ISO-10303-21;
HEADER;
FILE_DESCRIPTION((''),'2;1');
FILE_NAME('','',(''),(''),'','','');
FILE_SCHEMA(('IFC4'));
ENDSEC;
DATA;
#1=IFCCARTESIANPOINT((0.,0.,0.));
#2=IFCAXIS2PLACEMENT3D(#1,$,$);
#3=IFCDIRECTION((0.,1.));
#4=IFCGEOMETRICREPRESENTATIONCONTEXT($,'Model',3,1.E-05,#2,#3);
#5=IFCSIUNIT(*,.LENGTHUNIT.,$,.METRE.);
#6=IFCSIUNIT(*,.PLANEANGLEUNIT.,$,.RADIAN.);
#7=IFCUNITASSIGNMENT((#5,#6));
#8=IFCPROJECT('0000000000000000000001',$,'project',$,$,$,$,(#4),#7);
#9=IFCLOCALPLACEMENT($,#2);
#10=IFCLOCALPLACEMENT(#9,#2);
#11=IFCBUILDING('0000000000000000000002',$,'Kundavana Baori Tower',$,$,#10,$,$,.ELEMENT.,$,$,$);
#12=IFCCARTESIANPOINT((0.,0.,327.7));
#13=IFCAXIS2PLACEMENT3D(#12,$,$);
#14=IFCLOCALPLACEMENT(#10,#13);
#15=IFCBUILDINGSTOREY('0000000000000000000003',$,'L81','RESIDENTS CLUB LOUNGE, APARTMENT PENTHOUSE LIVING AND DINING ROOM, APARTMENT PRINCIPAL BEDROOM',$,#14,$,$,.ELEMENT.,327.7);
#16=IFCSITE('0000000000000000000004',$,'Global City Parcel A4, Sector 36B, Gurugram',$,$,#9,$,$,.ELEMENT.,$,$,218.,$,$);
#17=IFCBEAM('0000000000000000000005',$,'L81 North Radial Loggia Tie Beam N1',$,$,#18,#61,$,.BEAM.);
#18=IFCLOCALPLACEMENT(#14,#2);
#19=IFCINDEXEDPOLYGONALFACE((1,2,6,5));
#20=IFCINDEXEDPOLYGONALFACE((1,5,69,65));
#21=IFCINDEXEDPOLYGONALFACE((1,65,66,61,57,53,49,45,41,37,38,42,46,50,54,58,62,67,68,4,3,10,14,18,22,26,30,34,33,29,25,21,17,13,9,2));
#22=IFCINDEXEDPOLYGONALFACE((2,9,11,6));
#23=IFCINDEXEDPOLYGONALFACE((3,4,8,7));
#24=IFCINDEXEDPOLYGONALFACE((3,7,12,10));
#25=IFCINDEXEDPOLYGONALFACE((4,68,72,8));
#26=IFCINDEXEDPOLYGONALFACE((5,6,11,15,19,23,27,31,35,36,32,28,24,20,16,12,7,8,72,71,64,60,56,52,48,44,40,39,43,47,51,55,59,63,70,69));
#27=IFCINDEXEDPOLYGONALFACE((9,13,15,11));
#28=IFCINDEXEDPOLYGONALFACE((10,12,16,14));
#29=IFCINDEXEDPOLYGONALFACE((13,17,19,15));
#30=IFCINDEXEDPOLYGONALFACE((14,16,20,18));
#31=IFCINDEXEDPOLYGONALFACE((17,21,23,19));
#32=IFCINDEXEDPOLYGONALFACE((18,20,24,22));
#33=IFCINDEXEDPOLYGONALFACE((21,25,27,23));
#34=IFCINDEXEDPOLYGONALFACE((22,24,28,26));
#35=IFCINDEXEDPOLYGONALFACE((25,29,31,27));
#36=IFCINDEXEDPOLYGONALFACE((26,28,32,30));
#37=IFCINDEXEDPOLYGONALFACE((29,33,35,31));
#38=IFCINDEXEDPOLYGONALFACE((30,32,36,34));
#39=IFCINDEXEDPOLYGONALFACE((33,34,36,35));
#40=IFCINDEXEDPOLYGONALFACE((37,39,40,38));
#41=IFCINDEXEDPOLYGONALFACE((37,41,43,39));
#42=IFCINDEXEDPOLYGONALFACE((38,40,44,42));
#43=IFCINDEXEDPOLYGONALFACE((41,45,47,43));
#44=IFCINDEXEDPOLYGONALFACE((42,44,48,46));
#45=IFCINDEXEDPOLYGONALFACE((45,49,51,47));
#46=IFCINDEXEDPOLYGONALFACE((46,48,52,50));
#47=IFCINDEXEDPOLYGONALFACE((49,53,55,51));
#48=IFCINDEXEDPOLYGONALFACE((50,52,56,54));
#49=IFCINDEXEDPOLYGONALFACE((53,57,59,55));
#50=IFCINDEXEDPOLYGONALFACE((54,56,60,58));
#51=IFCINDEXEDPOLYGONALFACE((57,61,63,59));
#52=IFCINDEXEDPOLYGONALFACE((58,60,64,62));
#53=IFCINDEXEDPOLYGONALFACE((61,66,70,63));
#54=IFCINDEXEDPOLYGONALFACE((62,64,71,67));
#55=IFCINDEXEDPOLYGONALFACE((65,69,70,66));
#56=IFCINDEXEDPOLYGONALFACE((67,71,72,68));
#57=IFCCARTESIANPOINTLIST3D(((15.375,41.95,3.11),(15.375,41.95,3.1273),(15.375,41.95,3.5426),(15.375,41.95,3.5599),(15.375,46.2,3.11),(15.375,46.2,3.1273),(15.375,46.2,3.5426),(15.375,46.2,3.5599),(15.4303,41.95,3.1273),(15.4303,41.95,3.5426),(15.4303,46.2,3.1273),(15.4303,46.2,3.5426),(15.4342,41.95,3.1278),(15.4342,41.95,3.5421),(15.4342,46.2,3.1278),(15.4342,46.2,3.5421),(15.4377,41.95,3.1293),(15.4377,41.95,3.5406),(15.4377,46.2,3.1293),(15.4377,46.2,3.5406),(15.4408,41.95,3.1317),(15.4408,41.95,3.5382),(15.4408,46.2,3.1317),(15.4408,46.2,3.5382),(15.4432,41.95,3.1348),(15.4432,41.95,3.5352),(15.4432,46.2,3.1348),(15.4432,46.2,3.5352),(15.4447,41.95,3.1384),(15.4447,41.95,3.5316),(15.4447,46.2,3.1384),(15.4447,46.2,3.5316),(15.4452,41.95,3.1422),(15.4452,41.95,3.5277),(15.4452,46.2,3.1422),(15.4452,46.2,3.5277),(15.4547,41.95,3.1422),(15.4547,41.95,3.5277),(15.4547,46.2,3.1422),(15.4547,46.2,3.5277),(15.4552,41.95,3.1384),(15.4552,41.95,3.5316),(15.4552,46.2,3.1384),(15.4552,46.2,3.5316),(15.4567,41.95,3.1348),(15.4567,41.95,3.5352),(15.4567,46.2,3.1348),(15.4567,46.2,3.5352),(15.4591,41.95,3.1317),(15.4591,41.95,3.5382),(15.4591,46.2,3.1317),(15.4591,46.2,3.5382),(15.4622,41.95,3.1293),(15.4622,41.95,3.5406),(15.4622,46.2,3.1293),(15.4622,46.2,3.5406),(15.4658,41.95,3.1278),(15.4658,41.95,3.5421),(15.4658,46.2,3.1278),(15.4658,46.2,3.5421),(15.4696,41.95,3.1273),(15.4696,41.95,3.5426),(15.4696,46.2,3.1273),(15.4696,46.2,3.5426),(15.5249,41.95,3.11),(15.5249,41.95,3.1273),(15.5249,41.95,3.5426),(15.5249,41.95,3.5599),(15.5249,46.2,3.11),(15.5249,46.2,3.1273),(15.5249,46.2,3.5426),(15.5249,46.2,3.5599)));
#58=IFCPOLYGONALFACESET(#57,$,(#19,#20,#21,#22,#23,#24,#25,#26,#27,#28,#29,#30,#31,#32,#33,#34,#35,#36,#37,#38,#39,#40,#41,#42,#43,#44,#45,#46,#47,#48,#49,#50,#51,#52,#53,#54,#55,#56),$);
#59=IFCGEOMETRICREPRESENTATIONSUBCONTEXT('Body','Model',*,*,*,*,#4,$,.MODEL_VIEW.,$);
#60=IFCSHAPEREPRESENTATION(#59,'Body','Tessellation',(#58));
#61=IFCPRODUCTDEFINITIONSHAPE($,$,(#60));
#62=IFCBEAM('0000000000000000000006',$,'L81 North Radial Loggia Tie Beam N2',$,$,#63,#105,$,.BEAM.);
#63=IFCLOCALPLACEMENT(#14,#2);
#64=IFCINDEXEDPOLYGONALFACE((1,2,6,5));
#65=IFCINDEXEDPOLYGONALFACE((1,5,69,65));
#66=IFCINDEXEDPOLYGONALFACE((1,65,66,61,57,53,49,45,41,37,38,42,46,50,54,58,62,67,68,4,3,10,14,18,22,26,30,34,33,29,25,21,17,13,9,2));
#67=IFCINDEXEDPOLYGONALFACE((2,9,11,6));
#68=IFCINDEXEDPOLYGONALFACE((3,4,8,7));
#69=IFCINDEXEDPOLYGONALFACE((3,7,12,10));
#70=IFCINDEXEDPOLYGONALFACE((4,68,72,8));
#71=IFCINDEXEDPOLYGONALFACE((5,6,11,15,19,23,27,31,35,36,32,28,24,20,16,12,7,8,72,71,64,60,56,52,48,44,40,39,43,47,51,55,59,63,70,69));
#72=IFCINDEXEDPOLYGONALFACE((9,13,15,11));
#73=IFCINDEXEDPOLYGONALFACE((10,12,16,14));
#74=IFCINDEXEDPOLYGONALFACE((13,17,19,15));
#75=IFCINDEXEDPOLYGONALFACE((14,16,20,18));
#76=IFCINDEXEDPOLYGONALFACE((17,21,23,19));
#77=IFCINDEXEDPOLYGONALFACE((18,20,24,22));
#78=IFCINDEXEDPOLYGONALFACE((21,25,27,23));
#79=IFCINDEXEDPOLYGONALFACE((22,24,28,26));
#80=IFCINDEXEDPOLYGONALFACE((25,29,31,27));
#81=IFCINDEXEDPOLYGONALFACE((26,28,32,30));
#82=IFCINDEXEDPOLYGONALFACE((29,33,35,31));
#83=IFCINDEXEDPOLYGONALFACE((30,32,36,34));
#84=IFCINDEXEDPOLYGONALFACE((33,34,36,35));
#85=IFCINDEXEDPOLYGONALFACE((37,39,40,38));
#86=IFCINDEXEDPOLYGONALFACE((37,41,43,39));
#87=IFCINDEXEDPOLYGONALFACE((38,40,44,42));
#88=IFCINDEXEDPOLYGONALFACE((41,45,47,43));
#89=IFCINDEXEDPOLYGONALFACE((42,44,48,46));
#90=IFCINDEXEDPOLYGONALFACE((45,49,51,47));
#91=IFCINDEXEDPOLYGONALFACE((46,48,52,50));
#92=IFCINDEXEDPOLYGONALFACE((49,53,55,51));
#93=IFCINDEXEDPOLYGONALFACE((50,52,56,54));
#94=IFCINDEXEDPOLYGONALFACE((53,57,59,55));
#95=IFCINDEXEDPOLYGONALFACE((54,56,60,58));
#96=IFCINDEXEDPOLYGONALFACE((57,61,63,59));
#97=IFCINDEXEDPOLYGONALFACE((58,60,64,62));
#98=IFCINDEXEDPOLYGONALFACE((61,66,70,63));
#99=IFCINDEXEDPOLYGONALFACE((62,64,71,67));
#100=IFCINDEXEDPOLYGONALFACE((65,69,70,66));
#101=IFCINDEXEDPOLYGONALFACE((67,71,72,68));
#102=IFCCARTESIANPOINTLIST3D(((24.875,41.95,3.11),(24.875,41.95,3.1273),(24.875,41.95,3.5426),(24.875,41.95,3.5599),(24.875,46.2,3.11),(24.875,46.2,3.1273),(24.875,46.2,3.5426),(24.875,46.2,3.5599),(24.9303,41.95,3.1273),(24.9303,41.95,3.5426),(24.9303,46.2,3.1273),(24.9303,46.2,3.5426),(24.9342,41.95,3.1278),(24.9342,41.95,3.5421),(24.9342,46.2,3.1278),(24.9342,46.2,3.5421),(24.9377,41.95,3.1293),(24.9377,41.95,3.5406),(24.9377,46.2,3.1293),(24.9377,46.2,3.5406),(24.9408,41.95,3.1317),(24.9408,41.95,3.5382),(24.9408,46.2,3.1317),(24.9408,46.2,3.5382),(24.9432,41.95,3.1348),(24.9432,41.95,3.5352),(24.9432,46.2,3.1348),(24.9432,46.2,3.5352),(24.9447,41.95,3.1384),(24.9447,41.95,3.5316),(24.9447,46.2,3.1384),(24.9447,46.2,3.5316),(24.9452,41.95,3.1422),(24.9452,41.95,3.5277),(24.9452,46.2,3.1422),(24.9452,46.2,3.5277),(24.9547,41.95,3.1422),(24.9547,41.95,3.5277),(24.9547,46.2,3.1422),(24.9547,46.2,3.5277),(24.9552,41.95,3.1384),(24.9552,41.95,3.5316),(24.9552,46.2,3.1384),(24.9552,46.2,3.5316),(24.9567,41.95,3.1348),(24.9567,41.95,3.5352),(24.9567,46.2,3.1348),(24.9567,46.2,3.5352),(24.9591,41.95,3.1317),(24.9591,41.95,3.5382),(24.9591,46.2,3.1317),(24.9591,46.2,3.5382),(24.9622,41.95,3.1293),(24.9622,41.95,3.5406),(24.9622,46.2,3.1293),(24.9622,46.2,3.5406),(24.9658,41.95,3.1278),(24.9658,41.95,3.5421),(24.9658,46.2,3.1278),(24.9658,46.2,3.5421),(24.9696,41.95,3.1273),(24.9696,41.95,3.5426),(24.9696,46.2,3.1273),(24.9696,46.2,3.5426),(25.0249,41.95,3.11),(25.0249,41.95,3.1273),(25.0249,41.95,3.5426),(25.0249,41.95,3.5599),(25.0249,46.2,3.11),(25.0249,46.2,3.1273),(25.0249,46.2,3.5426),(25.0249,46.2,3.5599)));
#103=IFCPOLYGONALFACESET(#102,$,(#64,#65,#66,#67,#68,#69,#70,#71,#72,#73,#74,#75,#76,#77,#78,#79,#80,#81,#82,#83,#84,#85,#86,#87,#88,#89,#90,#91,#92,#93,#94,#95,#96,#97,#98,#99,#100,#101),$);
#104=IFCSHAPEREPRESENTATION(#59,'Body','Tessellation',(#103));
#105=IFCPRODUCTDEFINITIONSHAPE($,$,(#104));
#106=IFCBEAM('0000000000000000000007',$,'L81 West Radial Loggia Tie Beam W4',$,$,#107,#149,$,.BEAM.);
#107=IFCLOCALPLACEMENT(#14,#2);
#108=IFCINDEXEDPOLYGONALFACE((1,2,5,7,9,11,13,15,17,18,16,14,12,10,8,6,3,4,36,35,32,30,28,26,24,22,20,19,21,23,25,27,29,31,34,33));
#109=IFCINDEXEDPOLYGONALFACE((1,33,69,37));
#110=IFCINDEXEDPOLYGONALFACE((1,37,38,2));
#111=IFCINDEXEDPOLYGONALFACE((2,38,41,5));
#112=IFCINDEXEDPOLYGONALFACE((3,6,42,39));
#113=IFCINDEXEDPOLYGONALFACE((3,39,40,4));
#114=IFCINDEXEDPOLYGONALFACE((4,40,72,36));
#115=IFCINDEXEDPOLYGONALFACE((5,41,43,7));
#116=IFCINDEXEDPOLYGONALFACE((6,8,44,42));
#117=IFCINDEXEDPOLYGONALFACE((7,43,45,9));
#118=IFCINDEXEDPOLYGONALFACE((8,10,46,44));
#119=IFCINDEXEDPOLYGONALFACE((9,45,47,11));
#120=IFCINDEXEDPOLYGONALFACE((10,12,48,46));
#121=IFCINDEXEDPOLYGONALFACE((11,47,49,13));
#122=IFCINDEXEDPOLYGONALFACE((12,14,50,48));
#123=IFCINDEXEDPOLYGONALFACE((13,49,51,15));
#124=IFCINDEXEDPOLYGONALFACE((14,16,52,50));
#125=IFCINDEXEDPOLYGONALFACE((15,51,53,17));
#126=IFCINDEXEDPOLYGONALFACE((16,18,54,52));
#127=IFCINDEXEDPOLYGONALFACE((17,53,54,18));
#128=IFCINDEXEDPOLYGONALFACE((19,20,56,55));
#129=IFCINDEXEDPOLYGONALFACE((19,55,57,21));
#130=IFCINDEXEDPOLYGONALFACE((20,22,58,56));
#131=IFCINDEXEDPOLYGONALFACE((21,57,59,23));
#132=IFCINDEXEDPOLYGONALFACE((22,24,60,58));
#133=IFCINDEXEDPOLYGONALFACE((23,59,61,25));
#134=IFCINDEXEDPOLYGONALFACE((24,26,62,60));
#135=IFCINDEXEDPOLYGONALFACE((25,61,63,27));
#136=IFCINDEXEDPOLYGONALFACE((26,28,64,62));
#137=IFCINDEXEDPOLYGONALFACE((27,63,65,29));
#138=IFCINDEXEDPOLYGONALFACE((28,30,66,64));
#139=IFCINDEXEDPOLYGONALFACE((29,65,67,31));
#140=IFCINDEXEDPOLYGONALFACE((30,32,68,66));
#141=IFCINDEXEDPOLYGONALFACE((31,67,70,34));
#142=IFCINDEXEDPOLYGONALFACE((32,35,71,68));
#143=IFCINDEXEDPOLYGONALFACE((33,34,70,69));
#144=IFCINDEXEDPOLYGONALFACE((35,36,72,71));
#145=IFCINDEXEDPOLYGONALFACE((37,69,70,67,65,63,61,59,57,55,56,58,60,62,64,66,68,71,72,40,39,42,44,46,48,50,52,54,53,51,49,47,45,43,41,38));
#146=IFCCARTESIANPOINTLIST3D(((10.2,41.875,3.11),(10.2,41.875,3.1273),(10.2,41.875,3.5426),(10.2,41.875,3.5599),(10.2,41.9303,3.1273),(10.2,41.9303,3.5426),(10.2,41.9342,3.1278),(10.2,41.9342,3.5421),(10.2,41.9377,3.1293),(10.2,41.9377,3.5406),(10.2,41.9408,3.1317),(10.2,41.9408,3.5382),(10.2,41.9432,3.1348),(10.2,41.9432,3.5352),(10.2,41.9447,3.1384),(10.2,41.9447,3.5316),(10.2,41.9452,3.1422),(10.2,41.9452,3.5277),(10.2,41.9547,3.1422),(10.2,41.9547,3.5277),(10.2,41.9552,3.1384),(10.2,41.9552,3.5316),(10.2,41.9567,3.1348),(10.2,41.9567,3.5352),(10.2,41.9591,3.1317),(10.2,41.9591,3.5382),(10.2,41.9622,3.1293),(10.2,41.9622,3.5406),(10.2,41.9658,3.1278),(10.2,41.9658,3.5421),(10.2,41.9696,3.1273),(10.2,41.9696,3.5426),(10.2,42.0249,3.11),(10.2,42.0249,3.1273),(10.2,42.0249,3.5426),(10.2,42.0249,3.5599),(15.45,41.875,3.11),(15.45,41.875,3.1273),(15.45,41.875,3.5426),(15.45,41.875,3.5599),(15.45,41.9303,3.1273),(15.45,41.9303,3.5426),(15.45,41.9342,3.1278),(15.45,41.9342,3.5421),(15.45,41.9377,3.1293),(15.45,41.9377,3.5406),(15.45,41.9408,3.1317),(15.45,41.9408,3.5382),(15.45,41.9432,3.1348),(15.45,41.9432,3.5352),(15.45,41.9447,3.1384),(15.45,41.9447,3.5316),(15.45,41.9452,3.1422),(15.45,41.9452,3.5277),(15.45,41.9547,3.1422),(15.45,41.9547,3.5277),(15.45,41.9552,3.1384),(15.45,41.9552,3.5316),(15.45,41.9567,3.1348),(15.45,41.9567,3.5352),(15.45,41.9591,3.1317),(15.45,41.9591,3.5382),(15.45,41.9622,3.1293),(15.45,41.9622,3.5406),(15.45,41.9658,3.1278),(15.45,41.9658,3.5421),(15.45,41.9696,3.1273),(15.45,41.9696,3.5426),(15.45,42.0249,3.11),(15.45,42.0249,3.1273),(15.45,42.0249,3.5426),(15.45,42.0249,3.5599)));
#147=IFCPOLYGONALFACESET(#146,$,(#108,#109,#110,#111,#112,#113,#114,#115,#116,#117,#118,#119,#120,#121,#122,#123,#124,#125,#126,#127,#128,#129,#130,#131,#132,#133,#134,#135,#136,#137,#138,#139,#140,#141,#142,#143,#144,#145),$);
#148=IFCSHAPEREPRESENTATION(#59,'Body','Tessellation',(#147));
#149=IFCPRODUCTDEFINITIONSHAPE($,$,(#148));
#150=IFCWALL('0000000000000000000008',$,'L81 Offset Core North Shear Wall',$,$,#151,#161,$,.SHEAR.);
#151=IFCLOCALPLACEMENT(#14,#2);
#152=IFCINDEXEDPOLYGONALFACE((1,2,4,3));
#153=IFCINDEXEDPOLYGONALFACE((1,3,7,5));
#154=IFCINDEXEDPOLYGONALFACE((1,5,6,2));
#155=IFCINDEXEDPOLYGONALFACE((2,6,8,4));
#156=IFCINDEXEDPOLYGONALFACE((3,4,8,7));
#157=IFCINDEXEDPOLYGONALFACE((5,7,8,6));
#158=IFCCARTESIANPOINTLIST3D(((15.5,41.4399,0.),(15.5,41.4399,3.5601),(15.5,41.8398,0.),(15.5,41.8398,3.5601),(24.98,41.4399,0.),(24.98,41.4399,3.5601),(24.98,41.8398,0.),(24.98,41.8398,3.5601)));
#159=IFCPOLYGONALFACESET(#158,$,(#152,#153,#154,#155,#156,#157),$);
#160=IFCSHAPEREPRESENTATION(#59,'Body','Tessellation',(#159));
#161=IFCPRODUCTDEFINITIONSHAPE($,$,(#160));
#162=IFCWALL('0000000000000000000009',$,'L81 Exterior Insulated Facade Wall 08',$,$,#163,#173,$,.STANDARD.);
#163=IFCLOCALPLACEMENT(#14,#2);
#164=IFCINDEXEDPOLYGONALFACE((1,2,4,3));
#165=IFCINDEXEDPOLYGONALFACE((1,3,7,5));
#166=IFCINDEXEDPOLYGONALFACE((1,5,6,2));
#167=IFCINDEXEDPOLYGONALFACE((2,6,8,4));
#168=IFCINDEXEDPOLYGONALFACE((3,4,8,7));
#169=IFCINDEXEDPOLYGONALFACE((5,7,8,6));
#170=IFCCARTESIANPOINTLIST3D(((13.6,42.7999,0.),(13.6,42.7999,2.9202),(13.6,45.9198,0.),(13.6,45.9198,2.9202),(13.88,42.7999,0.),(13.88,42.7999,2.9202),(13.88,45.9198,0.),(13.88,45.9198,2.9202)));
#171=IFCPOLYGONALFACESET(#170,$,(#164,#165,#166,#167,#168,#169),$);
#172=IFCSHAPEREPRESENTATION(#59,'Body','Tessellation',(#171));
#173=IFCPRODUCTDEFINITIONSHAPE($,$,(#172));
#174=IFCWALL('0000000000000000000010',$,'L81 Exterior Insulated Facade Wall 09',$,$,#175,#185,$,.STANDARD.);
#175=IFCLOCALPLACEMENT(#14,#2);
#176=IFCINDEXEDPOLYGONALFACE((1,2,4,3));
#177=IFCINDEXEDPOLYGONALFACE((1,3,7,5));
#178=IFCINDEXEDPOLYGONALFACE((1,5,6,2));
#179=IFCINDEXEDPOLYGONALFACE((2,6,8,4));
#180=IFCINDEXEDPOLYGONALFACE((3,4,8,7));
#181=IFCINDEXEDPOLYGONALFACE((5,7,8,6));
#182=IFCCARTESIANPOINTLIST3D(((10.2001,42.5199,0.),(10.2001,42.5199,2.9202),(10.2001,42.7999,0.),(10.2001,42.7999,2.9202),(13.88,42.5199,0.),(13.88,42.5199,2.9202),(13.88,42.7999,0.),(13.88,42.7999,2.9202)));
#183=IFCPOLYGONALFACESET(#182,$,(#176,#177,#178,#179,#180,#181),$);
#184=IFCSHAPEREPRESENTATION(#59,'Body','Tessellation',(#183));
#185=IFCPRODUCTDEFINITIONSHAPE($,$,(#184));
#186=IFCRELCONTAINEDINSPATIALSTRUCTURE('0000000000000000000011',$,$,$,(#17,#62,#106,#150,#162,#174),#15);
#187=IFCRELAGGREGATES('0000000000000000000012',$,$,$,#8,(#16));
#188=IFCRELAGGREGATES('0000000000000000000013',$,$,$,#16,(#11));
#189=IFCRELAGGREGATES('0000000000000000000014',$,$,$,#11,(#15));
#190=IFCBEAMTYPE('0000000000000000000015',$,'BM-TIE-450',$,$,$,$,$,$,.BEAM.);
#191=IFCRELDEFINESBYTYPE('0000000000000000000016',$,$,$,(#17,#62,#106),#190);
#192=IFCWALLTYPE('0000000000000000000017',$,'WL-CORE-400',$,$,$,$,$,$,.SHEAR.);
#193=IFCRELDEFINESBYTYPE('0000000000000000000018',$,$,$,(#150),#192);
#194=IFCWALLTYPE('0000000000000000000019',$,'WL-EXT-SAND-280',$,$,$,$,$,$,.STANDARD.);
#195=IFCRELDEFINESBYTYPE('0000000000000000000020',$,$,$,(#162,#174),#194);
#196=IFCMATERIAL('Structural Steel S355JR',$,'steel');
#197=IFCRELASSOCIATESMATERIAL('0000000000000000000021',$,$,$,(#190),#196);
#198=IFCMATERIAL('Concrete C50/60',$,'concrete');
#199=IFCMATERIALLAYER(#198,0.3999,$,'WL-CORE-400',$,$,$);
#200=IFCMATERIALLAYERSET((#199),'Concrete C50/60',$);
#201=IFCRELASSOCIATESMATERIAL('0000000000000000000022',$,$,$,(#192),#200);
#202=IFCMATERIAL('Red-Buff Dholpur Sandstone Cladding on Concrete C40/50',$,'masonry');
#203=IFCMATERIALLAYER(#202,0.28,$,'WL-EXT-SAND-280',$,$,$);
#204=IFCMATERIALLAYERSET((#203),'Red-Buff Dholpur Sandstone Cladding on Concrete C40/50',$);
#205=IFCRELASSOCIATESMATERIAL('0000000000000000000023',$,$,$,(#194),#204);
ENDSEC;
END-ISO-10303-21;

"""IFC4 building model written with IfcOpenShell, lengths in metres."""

from ifc_helpers import new_model, si_unit, direction, frame, frame_2d, origin, origin_2d, place, context, subcontext, project, spatial, rectangle, i_section, extrude, material, layer, layer_set, material_profile, profile_set, type_object, element, save


model = new_model("IFC4")

# Units and contexts
model_context = context("Model", 3, precision=1e-05, world=origin(), true_north=direction((0.0, 1.0)))
body_context = subcontext(model_context, "Body", "Model", "MODEL_VIEW")
ifc_project = project(units=[si_unit("LENGTHUNIT", "METRE"), si_unit("PLANEANGLEUNIT", "RADIAN")], contexts=[model_context])

# Site, building, storey
site_placement = place(None, origin())
site = spatial("IfcSite", under=ifc_project, at=site_placement, Name="Global City Parcel A4, Sector 36B, Gurugram", CompositionType="ELEMENT", RefElevation=218.0)
building_placement = place(site_placement, origin())
building = spatial("IfcBuilding", under=site, at=building_placement, Name="Kundavana Baori Tower", CompositionType="ELEMENT")
storey_placement = place(building_placement, frame((0.0, 0.0, 327.7)))
storey = spatial("IfcBuildingStorey", under=building, at=storey_placement, Name="L81", Description="RESIDENTS CLUB LOUNGE, APARTMENT PENTHOUSE LIVING AND DINING ROOM, APARTMENT PRINCIPAL BEDROOM", CompositionType="ELEMENT", Elevation=327.7)

# Beams
ifc_material_1 = material(Name="Structural Steel S355JR", Category="steel")
ifc_material_profile_1 = material_profile(ifc_material_1, i_section(OverallWidth=0.1499, OverallDepth=0.45, WebThickness=0.0095, FlangeThickness=0.0173, FilletRadius=0.0149, at=origin_2d()), Name="ISMB 450")
ifc_profile_set_1 = profile_set([ifc_material_profile_1], Name="Structural Steel S355JR")
beam_type_1 = type_object("IfcBeamType", Name="BM-TIE-450", PredefinedType="BEAM", material=ifc_profile_set_1)
for number, where, z_axis, x_axis, name in (
    (1, (15.45, 41.95, 3.335), (0.0, 1.0, 0.0), (-1.0, 0.0, 0.0), "L81 North Radial Loggia Tie Beam N1"),
    (2, (24.95, 41.95, 3.335), (0.0, 1.0, 0.0), (-1.0, 0.0, 0.0), "L81 North Radial Loggia Tie Beam N2"),
):
    element("IfcBeam", number, at=place(storey_placement, frame(where, z_axis=z_axis, x_axis=x_axis)), inside=storey, type_object=beam_type_1, Name=name, PredefinedType="BEAM", context=body_context, shape_type="SweptSolid", body=[
        extrude(i_section(OverallWidth=0.1499, OverallDepth=0.45, WebThickness=0.0095, FlangeThickness=0.0173, FilletRadius=0.0149, at=origin_2d()), origin(), (0.0, 0.0, 1.0), 4.25),
    ])
beam_1_placement = place(storey_placement, frame((15.45, 41.95, 3.335), z_axis=(-1.0, 0.0, 0.0), x_axis=(0.0, -1.0, 0.0)))
element("IfcBeam", 3, at=beam_1_placement, inside=storey, type_object=beam_type_1, Name="L81 West Radial Loggia Tie Beam W4", PredefinedType="BEAM", context=body_context, shape_type="SweptSolid", body=[
    extrude(i_section(OverallWidth=0.1499, OverallDepth=0.45, WebThickness=0.0095, FlangeThickness=0.0173, FilletRadius=0.0149, at=origin_2d()), origin(), (0.0, 0.0, 1.0), 5.25),
])

# Walls
ifc_material_2 = material(Name="Concrete C50/60", Category="concrete")
ifc_layer_1 = layer(ifc_material_2, 0.3999, Name="WL-CORE-400")
ifc_layer_set_1 = layer_set([ifc_layer_1], Name="Concrete C50/60")
wall_type_1 = type_object("IfcWallType", Name="WL-CORE-400", PredefinedType="SHEAR", material=ifc_layer_set_1)
wall_1_placement = place(storey_placement, frame((15.5, 41.6399, 0.0), z_axis=(0.0, 0.0, 1.0), x_axis=(1.0, 0.0, 0.0)))
element("IfcWall", 4, at=wall_1_placement, inside=storey, type_object=wall_type_1, Name="L81 Offset Core North Shear Wall", PredefinedType="SHEAR", context=body_context, shape_type="SweptSolid", body=[
    extrude(rectangle(XDim=9.48, YDim=0.3999, at=frame_2d((4.74, 0.0))), origin(), (0.0, 0.0, 1.0), 3.5601),
])
ifc_material_3 = material(Name="Red-Buff Dholpur Sandstone Cladding on Concrete C40/50", Category="masonry")
ifc_layer_2 = layer(ifc_material_3, 0.28, Name="WL-EXT-SAND-280")
ifc_layer_set_2 = layer_set([ifc_layer_2], Name="Red-Buff Dholpur Sandstone Cladding on Concrete C40/50")
wall_type_2 = type_object("IfcWallType", Name="WL-EXT-SAND-280", PredefinedType="STANDARD", material=ifc_layer_set_2)
wall_2_placement = place(storey_placement, frame((13.74, 45.9199, 0.0), z_axis=(0.0, 0.0, 1.0), x_axis=(0.0, -1.0, 0.0)))
element("IfcWall", 5, at=wall_2_placement, inside=storey, type_object=wall_type_2, Name="L81 Exterior Insulated Facade Wall 08", PredefinedType="STANDARD", context=body_context, shape_type="SweptSolid", body=[
    extrude(rectangle(XDim=3.1199, YDim=0.28, at=frame_2d((1.5601, 0.0))), origin(), (0.0, 0.0, 1.0), 2.9202),
])
wall_3_placement = place(storey_placement, frame((13.8799, 42.6599, 0.0), z_axis=(0.0, 0.0, 1.0), x_axis=(-1.0, 0.0, 0.0)))
element("IfcWall", 6, at=wall_3_placement, inside=storey, type_object=wall_type_2, Name="L81 Exterior Insulated Facade Wall 09", PredefinedType="STANDARD", context=body_context, shape_type="SweptSolid", body=[
    extrude(rectangle(XDim=3.6799, YDim=0.28, at=frame_2d((1.8398, 0.0))), origin(), (0.0, 0.0, 1.0), 2.9202),
])

save(model, "model.ifc")
